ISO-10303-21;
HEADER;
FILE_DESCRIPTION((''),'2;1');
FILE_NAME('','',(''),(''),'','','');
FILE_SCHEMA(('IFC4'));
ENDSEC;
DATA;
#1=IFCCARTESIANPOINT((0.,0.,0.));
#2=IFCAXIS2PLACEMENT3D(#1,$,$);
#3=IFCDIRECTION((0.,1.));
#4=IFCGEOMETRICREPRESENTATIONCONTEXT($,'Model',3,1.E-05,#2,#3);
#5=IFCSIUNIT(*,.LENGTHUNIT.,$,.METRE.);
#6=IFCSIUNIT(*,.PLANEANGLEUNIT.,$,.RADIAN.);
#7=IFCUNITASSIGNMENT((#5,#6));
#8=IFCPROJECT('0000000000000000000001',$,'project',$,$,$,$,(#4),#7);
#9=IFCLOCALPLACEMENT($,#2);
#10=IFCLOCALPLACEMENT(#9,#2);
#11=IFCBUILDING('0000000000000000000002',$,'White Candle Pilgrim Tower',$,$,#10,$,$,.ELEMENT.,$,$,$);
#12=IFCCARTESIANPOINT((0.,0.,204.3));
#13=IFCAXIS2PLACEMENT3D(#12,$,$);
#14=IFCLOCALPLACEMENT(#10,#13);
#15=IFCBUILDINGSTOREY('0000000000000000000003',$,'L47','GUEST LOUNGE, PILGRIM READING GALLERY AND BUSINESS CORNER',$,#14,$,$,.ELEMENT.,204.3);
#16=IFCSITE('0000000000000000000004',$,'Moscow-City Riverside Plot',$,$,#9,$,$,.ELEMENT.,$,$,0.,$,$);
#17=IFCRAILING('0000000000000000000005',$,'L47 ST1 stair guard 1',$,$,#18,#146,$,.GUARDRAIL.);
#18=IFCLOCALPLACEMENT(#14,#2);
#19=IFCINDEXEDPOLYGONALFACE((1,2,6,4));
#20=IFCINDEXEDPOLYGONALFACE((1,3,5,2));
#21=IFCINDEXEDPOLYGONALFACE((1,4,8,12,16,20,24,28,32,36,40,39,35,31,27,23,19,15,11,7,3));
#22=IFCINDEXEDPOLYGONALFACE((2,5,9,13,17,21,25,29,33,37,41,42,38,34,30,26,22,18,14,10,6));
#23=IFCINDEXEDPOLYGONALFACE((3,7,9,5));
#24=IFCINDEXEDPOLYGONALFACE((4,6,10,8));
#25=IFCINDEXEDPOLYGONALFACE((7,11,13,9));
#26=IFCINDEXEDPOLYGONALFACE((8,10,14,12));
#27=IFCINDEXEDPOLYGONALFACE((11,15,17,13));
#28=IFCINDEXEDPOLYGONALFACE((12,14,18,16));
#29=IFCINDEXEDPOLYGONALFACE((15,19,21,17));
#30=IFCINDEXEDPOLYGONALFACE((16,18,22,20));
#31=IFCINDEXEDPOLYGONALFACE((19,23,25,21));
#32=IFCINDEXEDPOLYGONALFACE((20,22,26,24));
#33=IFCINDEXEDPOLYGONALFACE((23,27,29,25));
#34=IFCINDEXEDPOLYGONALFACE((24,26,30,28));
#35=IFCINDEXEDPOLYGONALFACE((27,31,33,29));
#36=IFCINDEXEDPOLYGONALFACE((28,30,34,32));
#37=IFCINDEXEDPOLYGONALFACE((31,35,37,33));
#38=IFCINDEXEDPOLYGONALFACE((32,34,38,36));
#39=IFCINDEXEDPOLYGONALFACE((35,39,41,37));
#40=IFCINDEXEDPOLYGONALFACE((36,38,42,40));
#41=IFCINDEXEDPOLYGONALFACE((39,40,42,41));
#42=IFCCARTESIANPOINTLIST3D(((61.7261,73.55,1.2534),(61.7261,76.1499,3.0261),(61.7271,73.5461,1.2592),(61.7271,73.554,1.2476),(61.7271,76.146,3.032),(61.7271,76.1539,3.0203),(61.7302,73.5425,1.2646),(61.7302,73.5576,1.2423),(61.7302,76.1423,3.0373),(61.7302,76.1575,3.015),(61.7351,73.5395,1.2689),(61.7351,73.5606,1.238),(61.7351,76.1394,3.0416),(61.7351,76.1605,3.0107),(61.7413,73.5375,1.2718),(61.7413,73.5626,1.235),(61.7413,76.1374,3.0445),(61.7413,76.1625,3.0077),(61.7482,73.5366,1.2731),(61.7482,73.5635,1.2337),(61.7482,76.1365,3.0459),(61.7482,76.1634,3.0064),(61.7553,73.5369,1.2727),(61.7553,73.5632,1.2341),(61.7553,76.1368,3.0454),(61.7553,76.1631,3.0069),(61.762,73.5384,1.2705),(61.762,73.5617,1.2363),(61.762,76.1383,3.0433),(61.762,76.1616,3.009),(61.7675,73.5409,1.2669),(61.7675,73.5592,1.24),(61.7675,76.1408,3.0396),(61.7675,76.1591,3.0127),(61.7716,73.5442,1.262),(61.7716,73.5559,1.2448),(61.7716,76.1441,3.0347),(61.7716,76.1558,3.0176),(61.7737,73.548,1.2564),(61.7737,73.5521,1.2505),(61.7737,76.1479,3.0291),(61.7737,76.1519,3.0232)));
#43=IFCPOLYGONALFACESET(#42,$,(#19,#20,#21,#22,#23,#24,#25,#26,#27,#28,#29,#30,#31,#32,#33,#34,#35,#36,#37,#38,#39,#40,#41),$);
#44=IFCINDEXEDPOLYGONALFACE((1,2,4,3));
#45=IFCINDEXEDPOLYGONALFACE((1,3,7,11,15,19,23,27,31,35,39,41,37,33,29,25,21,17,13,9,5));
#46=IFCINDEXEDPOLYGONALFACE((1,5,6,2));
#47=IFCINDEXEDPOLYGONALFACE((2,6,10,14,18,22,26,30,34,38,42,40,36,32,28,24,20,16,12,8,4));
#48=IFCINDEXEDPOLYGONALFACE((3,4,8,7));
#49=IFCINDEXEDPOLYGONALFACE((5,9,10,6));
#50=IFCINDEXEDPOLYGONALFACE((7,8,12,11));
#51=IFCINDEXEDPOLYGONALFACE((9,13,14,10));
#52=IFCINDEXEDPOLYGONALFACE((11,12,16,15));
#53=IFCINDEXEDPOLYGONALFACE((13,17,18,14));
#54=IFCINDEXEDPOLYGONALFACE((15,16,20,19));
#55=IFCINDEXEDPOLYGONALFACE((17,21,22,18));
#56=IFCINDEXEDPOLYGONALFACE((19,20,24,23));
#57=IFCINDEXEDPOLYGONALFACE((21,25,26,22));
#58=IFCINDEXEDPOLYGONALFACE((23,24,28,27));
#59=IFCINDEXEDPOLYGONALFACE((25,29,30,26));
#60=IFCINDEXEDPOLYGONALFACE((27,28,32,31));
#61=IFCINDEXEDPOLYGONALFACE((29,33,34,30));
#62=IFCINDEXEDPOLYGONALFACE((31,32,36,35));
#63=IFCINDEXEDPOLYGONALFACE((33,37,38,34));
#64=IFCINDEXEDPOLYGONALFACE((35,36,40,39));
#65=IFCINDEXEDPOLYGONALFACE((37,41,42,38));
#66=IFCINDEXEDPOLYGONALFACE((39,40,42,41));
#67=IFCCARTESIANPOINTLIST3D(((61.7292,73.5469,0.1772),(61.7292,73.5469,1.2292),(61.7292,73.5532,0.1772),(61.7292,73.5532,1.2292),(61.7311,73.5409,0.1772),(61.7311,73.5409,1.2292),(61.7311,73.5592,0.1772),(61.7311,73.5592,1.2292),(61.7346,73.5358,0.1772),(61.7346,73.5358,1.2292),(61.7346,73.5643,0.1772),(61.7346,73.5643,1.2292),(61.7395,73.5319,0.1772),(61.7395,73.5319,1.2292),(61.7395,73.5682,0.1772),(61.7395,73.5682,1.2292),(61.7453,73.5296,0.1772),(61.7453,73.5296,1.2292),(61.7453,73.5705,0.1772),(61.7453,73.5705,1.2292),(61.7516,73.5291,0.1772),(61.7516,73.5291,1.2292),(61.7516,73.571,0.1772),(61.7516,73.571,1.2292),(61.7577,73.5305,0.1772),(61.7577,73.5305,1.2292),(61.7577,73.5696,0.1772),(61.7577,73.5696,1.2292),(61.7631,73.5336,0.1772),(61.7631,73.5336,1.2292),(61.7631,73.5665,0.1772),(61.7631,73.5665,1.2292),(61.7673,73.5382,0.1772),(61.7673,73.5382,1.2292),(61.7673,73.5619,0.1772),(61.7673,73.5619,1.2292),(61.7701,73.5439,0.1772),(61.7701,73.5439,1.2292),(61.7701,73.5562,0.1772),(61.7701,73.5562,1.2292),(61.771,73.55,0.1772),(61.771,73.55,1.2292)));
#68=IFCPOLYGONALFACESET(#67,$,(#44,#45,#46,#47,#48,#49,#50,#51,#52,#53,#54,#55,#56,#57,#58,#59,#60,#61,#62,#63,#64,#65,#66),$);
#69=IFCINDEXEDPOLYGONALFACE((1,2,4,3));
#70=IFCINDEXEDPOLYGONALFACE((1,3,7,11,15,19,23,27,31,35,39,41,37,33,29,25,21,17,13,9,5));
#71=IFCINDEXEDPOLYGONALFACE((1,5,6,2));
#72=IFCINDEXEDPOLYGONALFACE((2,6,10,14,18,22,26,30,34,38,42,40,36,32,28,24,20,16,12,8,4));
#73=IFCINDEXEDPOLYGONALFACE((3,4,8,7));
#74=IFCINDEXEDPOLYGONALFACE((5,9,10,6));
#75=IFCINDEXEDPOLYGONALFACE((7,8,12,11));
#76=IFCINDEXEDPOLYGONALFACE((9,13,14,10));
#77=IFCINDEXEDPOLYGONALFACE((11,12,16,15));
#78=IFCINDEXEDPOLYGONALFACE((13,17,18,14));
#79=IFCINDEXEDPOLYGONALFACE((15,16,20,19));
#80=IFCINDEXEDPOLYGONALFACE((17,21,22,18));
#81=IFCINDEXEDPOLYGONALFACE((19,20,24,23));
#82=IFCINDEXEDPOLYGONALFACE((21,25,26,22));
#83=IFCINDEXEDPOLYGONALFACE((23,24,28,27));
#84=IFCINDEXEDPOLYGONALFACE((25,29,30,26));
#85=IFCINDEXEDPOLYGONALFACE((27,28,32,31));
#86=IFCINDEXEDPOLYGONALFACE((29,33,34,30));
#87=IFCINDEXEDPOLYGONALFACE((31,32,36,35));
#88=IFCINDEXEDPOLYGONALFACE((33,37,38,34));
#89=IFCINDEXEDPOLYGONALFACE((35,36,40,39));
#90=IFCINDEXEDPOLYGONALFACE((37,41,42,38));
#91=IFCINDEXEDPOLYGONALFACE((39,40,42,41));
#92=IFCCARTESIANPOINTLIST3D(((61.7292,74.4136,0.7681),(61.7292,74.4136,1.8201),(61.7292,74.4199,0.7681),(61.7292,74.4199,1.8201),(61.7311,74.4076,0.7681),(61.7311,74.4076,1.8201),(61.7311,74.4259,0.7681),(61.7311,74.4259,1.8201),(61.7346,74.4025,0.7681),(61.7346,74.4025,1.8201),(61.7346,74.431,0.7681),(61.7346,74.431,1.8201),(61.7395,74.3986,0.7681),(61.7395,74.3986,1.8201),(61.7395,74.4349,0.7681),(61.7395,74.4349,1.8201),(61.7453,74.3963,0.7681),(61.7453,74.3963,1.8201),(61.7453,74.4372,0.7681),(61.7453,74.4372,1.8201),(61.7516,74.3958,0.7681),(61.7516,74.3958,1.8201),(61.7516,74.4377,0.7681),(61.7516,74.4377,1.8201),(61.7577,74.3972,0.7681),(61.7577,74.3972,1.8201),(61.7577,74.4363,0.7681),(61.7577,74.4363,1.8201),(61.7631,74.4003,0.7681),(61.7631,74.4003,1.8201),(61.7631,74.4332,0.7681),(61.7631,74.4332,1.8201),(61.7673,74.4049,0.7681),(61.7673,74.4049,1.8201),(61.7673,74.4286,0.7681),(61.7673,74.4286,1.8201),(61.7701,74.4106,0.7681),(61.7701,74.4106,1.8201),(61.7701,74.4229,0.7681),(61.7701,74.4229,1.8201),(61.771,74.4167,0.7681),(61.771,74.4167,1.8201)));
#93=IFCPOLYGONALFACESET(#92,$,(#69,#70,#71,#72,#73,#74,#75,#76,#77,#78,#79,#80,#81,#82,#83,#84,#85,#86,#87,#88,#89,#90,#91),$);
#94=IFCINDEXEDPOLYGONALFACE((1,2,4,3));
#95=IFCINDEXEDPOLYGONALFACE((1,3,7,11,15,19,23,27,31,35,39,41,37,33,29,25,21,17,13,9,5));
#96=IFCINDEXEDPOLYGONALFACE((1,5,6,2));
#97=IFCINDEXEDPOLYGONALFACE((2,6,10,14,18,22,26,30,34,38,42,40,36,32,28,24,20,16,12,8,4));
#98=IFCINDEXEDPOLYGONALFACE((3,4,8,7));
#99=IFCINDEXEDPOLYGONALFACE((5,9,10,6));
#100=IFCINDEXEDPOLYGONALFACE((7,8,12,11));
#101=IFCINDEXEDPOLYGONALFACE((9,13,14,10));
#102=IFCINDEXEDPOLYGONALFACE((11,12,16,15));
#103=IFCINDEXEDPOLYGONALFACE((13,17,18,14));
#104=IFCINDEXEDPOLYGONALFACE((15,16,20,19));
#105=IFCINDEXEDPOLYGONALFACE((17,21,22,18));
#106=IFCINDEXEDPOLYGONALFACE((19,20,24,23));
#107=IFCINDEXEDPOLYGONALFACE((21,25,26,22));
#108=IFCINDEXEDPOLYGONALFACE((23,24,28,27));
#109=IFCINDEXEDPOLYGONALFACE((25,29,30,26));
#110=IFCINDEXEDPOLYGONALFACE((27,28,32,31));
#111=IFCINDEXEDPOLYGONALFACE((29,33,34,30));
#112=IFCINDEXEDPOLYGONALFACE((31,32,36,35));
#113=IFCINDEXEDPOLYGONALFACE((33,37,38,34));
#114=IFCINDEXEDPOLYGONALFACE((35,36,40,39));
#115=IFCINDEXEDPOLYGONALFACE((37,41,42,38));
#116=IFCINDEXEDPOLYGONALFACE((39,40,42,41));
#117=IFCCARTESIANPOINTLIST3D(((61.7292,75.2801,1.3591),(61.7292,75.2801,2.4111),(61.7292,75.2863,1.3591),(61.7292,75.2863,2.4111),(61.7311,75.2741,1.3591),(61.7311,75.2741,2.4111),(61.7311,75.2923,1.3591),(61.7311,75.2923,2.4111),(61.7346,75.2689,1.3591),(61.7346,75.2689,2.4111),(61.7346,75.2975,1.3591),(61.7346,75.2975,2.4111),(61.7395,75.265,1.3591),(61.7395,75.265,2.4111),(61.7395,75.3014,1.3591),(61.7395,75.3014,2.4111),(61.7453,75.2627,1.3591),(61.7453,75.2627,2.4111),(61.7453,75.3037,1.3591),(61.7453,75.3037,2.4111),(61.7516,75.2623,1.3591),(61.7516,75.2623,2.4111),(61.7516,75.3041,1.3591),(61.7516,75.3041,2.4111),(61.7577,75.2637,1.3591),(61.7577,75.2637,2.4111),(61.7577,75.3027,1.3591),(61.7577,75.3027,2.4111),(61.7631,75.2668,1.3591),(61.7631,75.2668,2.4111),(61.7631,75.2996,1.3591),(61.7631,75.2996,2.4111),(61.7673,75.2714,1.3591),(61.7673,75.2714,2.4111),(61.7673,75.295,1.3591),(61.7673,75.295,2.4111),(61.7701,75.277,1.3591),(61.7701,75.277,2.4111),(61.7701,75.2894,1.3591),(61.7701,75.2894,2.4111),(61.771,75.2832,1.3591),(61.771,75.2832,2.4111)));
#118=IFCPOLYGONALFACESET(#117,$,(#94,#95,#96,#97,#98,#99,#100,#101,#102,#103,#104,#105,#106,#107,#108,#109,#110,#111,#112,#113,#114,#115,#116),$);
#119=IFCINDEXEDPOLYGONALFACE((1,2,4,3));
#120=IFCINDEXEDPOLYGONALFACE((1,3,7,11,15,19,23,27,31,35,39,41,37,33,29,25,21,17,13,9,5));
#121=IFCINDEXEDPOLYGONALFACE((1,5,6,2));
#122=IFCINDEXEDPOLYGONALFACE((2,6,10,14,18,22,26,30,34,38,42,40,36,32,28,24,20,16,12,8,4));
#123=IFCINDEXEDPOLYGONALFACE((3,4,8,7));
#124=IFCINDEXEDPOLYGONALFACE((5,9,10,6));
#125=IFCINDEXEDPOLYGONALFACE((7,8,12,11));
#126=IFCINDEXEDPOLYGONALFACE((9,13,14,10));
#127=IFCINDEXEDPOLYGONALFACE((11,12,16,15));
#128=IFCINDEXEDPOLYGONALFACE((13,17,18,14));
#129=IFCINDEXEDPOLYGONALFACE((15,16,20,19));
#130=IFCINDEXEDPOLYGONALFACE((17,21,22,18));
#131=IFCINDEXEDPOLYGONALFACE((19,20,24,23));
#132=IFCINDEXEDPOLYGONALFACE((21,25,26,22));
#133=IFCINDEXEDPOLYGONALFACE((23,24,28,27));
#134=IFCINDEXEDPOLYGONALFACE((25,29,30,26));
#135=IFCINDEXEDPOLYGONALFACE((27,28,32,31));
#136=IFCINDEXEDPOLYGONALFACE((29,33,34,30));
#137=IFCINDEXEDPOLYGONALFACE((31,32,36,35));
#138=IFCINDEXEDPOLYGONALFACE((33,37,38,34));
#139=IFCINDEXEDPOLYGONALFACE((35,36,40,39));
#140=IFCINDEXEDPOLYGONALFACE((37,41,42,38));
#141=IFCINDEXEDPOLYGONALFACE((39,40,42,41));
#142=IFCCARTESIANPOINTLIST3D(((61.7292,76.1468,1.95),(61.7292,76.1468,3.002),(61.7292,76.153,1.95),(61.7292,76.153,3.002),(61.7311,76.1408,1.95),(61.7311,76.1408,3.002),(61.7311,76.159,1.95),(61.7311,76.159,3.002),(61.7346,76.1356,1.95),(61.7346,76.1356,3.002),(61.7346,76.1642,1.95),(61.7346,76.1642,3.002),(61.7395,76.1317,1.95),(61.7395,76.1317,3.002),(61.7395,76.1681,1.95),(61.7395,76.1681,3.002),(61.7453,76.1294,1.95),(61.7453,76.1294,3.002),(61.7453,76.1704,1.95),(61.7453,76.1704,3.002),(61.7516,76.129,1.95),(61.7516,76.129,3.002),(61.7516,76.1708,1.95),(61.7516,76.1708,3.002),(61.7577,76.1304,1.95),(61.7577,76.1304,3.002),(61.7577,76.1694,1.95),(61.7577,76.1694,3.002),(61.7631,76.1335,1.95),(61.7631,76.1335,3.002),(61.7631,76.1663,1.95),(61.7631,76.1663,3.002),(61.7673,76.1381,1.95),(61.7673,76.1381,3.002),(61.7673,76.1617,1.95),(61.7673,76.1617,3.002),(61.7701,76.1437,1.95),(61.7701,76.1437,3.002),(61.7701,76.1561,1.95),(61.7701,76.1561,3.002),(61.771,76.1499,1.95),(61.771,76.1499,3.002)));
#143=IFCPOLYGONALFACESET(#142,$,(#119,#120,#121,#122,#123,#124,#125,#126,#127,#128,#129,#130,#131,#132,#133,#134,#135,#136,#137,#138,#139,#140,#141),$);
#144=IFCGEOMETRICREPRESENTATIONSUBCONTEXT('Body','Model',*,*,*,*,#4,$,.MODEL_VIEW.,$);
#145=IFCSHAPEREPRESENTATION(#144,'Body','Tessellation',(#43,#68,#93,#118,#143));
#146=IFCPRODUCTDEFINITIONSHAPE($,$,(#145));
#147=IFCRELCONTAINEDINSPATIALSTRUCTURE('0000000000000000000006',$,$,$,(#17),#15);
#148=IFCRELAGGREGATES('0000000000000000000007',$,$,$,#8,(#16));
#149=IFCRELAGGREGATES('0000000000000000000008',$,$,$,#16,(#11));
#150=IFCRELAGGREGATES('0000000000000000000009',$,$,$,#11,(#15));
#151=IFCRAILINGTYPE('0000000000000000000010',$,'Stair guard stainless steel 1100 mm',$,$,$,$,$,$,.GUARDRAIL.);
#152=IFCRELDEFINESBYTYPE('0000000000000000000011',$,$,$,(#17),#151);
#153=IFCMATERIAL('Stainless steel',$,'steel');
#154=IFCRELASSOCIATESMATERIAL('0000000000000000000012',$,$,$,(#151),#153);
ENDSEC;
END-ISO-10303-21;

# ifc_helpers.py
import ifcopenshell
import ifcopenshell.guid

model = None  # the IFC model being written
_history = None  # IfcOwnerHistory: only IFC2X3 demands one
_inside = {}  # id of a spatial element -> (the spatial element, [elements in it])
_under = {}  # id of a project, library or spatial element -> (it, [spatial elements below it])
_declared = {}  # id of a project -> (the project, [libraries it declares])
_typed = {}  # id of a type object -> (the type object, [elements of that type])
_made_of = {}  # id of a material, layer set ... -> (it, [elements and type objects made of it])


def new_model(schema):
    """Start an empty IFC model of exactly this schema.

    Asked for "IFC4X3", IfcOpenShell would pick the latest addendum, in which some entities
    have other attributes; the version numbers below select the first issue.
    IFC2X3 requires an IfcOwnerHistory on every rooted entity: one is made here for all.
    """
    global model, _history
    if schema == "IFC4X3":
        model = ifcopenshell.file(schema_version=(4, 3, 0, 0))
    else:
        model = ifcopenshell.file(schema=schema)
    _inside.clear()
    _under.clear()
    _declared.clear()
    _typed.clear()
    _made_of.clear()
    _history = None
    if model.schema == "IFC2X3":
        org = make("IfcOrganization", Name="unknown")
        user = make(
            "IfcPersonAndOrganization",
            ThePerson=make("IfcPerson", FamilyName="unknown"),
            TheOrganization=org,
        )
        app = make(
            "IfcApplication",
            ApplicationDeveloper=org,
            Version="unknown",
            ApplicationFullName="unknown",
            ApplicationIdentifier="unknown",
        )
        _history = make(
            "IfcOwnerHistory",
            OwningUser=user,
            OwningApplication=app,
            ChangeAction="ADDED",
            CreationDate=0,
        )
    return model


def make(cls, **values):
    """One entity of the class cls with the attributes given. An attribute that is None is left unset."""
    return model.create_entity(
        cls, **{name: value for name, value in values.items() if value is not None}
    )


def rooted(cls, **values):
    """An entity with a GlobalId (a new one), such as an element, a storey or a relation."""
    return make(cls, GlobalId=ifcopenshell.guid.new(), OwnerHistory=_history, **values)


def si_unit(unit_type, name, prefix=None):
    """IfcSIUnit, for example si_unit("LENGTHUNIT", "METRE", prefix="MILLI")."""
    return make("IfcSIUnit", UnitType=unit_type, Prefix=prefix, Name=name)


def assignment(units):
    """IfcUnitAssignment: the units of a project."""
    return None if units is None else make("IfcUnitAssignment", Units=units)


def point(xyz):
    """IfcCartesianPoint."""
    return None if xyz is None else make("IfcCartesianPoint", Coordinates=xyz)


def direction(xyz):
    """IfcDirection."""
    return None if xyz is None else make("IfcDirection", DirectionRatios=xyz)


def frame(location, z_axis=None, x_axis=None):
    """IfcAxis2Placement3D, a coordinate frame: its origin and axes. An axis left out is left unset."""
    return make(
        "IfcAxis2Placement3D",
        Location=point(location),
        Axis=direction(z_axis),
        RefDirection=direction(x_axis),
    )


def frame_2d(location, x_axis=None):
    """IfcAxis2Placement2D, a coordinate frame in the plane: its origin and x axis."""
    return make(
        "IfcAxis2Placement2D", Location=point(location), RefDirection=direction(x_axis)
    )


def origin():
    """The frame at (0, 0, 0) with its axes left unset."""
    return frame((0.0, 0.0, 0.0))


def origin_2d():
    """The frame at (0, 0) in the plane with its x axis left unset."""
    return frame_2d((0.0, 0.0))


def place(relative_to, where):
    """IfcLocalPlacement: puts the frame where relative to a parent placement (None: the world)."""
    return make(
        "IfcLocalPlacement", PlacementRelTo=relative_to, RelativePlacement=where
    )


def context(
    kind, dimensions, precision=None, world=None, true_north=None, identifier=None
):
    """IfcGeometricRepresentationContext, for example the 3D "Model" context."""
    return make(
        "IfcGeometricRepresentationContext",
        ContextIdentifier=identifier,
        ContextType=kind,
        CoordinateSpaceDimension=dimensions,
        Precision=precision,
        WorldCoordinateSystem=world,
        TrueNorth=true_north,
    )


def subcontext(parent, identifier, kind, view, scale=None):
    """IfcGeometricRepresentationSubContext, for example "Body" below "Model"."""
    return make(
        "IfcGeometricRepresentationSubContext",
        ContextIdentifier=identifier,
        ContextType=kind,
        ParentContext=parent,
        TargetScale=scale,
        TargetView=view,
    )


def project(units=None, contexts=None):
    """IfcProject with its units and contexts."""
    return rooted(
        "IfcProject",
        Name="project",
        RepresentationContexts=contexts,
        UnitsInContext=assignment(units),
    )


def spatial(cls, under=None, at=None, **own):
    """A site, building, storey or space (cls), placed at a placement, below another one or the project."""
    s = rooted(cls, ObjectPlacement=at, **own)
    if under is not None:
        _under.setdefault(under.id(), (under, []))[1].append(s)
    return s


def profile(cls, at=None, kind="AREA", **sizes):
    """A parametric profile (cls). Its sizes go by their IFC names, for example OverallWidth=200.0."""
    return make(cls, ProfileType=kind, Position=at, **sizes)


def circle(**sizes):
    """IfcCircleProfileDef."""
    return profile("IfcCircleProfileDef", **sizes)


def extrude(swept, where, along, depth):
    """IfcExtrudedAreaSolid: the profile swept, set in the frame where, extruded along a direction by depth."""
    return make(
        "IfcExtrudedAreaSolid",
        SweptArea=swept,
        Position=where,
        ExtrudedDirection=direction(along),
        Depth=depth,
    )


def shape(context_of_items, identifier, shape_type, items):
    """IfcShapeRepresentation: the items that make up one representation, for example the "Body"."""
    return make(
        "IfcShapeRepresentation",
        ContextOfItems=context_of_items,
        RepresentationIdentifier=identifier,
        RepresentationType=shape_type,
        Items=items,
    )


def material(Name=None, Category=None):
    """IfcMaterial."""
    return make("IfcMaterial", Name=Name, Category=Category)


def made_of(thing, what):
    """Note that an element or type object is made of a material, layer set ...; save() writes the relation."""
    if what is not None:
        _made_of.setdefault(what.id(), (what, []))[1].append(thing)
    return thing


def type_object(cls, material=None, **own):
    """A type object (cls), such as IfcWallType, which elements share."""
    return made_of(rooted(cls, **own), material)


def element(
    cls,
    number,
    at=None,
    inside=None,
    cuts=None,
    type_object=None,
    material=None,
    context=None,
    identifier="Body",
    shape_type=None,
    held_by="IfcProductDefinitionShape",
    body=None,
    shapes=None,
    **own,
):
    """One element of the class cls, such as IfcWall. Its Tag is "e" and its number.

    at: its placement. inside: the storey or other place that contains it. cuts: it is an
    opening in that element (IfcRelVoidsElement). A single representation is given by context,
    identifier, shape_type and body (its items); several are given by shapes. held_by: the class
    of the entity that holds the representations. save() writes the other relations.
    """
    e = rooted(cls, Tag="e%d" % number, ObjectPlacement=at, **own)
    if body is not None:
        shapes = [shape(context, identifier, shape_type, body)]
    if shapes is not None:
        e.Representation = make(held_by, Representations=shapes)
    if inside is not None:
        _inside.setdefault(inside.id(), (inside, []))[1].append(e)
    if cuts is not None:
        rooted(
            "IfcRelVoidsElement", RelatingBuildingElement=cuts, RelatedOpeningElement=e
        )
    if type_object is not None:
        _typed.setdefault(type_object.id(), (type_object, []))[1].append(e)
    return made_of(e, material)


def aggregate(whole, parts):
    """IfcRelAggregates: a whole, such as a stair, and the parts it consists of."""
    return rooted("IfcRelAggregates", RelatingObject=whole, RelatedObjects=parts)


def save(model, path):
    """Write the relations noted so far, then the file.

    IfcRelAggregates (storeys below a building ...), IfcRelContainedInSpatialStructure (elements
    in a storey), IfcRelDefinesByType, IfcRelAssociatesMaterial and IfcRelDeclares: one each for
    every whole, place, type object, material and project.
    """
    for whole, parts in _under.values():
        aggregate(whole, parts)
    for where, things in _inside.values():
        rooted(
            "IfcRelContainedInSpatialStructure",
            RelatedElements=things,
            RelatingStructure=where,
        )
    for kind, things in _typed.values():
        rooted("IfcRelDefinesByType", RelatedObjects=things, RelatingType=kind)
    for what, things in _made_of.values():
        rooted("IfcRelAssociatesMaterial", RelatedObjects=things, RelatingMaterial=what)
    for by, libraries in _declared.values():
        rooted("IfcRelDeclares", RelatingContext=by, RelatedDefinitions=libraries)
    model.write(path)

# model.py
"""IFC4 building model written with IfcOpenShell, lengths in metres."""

from ifc_helpers import new_model, si_unit, direction, frame, origin, origin_2d, place, context, subcontext, project, spatial, circle, extrude, material, type_object, element, save


model = new_model("IFC4")

# Units and contexts
model_context = context("Model", 3, precision=1e-05, world=origin(), true_north=direction((0.0, 1.0)))
body_context = subcontext(model_context, "Body", "Model", "MODEL_VIEW")
ifc_project = project(units=[si_unit("LENGTHUNIT", "METRE"), si_unit("PLANEANGLEUNIT", "RADIAN")], contexts=[model_context])

# Site, building, storey
site_placement = place(None, origin())
site = spatial("IfcSite", under=ifc_project, at=site_placement, Name="Moscow-City Riverside Plot", CompositionType="ELEMENT", RefElevation=0.0)
building_placement = place(site_placement, origin())
building = spatial("IfcBuilding", under=site, at=building_placement, Name="White Candle Pilgrim Tower", CompositionType="ELEMENT")
storey_placement = place(building_placement, frame((0.0, 0.0, 204.3)))
storey = spatial("IfcBuildingStorey", under=building, at=storey_placement, Name="L47", Description="GUEST LOUNGE, PILGRIM READING GALLERY AND BUSINESS CORNER", CompositionType="ELEMENT", Elevation=204.3)

# Railing
ifc_material_1 = material(Name="Stainless steel", Category="steel")
railing_type_1 = type_object("IfcRailingType", Name="Stair guard stainless steel 1100 mm", PredefinedType="GUARDRAIL", material=ifc_material_1)
railing_1_placement = place(storey_placement, frame((61.75, 73.55, 0.1772)))
element("IfcRailing", 1, at=railing_1_placement, inside=storey, type_object=railing_type_1, Name="L47 ST1 stair guard 1", PredefinedType="GUARDRAIL", context=body_context, shape_type="SweptSolid", body=[
    extrude(circle(Radius=0.0239, at=origin_2d()), frame((0.0, 0.0, 1.0762), z_axis=(0.0, 0.826216, 0.563354), x_axis=(-1.0, 0.0, 0.0)), (0.0, 0.0, 1.0), 3.1467),
    extrude(circle(Radius=0.021, at=origin_2d()), origin(), (0.0, 0.0, 1.0), 1.052),
    extrude(circle(Radius=0.021, at=origin_2d()), frame((0.0, 0.8667, 0.5908)), (0.0, 0.0, 1.0), 1.052),
    extrude(circle(Radius=0.021, at=origin_2d()), frame((0.0, 1.7332, 1.1819)), (0.0, 0.0, 1.0), 1.052),
    extrude(circle(Radius=0.021, at=origin_2d()), frame((0.0, 2.5999, 1.7727)), (0.0, 0.0, 1.0), 1.052),
])

save(model, "model.ifc")
